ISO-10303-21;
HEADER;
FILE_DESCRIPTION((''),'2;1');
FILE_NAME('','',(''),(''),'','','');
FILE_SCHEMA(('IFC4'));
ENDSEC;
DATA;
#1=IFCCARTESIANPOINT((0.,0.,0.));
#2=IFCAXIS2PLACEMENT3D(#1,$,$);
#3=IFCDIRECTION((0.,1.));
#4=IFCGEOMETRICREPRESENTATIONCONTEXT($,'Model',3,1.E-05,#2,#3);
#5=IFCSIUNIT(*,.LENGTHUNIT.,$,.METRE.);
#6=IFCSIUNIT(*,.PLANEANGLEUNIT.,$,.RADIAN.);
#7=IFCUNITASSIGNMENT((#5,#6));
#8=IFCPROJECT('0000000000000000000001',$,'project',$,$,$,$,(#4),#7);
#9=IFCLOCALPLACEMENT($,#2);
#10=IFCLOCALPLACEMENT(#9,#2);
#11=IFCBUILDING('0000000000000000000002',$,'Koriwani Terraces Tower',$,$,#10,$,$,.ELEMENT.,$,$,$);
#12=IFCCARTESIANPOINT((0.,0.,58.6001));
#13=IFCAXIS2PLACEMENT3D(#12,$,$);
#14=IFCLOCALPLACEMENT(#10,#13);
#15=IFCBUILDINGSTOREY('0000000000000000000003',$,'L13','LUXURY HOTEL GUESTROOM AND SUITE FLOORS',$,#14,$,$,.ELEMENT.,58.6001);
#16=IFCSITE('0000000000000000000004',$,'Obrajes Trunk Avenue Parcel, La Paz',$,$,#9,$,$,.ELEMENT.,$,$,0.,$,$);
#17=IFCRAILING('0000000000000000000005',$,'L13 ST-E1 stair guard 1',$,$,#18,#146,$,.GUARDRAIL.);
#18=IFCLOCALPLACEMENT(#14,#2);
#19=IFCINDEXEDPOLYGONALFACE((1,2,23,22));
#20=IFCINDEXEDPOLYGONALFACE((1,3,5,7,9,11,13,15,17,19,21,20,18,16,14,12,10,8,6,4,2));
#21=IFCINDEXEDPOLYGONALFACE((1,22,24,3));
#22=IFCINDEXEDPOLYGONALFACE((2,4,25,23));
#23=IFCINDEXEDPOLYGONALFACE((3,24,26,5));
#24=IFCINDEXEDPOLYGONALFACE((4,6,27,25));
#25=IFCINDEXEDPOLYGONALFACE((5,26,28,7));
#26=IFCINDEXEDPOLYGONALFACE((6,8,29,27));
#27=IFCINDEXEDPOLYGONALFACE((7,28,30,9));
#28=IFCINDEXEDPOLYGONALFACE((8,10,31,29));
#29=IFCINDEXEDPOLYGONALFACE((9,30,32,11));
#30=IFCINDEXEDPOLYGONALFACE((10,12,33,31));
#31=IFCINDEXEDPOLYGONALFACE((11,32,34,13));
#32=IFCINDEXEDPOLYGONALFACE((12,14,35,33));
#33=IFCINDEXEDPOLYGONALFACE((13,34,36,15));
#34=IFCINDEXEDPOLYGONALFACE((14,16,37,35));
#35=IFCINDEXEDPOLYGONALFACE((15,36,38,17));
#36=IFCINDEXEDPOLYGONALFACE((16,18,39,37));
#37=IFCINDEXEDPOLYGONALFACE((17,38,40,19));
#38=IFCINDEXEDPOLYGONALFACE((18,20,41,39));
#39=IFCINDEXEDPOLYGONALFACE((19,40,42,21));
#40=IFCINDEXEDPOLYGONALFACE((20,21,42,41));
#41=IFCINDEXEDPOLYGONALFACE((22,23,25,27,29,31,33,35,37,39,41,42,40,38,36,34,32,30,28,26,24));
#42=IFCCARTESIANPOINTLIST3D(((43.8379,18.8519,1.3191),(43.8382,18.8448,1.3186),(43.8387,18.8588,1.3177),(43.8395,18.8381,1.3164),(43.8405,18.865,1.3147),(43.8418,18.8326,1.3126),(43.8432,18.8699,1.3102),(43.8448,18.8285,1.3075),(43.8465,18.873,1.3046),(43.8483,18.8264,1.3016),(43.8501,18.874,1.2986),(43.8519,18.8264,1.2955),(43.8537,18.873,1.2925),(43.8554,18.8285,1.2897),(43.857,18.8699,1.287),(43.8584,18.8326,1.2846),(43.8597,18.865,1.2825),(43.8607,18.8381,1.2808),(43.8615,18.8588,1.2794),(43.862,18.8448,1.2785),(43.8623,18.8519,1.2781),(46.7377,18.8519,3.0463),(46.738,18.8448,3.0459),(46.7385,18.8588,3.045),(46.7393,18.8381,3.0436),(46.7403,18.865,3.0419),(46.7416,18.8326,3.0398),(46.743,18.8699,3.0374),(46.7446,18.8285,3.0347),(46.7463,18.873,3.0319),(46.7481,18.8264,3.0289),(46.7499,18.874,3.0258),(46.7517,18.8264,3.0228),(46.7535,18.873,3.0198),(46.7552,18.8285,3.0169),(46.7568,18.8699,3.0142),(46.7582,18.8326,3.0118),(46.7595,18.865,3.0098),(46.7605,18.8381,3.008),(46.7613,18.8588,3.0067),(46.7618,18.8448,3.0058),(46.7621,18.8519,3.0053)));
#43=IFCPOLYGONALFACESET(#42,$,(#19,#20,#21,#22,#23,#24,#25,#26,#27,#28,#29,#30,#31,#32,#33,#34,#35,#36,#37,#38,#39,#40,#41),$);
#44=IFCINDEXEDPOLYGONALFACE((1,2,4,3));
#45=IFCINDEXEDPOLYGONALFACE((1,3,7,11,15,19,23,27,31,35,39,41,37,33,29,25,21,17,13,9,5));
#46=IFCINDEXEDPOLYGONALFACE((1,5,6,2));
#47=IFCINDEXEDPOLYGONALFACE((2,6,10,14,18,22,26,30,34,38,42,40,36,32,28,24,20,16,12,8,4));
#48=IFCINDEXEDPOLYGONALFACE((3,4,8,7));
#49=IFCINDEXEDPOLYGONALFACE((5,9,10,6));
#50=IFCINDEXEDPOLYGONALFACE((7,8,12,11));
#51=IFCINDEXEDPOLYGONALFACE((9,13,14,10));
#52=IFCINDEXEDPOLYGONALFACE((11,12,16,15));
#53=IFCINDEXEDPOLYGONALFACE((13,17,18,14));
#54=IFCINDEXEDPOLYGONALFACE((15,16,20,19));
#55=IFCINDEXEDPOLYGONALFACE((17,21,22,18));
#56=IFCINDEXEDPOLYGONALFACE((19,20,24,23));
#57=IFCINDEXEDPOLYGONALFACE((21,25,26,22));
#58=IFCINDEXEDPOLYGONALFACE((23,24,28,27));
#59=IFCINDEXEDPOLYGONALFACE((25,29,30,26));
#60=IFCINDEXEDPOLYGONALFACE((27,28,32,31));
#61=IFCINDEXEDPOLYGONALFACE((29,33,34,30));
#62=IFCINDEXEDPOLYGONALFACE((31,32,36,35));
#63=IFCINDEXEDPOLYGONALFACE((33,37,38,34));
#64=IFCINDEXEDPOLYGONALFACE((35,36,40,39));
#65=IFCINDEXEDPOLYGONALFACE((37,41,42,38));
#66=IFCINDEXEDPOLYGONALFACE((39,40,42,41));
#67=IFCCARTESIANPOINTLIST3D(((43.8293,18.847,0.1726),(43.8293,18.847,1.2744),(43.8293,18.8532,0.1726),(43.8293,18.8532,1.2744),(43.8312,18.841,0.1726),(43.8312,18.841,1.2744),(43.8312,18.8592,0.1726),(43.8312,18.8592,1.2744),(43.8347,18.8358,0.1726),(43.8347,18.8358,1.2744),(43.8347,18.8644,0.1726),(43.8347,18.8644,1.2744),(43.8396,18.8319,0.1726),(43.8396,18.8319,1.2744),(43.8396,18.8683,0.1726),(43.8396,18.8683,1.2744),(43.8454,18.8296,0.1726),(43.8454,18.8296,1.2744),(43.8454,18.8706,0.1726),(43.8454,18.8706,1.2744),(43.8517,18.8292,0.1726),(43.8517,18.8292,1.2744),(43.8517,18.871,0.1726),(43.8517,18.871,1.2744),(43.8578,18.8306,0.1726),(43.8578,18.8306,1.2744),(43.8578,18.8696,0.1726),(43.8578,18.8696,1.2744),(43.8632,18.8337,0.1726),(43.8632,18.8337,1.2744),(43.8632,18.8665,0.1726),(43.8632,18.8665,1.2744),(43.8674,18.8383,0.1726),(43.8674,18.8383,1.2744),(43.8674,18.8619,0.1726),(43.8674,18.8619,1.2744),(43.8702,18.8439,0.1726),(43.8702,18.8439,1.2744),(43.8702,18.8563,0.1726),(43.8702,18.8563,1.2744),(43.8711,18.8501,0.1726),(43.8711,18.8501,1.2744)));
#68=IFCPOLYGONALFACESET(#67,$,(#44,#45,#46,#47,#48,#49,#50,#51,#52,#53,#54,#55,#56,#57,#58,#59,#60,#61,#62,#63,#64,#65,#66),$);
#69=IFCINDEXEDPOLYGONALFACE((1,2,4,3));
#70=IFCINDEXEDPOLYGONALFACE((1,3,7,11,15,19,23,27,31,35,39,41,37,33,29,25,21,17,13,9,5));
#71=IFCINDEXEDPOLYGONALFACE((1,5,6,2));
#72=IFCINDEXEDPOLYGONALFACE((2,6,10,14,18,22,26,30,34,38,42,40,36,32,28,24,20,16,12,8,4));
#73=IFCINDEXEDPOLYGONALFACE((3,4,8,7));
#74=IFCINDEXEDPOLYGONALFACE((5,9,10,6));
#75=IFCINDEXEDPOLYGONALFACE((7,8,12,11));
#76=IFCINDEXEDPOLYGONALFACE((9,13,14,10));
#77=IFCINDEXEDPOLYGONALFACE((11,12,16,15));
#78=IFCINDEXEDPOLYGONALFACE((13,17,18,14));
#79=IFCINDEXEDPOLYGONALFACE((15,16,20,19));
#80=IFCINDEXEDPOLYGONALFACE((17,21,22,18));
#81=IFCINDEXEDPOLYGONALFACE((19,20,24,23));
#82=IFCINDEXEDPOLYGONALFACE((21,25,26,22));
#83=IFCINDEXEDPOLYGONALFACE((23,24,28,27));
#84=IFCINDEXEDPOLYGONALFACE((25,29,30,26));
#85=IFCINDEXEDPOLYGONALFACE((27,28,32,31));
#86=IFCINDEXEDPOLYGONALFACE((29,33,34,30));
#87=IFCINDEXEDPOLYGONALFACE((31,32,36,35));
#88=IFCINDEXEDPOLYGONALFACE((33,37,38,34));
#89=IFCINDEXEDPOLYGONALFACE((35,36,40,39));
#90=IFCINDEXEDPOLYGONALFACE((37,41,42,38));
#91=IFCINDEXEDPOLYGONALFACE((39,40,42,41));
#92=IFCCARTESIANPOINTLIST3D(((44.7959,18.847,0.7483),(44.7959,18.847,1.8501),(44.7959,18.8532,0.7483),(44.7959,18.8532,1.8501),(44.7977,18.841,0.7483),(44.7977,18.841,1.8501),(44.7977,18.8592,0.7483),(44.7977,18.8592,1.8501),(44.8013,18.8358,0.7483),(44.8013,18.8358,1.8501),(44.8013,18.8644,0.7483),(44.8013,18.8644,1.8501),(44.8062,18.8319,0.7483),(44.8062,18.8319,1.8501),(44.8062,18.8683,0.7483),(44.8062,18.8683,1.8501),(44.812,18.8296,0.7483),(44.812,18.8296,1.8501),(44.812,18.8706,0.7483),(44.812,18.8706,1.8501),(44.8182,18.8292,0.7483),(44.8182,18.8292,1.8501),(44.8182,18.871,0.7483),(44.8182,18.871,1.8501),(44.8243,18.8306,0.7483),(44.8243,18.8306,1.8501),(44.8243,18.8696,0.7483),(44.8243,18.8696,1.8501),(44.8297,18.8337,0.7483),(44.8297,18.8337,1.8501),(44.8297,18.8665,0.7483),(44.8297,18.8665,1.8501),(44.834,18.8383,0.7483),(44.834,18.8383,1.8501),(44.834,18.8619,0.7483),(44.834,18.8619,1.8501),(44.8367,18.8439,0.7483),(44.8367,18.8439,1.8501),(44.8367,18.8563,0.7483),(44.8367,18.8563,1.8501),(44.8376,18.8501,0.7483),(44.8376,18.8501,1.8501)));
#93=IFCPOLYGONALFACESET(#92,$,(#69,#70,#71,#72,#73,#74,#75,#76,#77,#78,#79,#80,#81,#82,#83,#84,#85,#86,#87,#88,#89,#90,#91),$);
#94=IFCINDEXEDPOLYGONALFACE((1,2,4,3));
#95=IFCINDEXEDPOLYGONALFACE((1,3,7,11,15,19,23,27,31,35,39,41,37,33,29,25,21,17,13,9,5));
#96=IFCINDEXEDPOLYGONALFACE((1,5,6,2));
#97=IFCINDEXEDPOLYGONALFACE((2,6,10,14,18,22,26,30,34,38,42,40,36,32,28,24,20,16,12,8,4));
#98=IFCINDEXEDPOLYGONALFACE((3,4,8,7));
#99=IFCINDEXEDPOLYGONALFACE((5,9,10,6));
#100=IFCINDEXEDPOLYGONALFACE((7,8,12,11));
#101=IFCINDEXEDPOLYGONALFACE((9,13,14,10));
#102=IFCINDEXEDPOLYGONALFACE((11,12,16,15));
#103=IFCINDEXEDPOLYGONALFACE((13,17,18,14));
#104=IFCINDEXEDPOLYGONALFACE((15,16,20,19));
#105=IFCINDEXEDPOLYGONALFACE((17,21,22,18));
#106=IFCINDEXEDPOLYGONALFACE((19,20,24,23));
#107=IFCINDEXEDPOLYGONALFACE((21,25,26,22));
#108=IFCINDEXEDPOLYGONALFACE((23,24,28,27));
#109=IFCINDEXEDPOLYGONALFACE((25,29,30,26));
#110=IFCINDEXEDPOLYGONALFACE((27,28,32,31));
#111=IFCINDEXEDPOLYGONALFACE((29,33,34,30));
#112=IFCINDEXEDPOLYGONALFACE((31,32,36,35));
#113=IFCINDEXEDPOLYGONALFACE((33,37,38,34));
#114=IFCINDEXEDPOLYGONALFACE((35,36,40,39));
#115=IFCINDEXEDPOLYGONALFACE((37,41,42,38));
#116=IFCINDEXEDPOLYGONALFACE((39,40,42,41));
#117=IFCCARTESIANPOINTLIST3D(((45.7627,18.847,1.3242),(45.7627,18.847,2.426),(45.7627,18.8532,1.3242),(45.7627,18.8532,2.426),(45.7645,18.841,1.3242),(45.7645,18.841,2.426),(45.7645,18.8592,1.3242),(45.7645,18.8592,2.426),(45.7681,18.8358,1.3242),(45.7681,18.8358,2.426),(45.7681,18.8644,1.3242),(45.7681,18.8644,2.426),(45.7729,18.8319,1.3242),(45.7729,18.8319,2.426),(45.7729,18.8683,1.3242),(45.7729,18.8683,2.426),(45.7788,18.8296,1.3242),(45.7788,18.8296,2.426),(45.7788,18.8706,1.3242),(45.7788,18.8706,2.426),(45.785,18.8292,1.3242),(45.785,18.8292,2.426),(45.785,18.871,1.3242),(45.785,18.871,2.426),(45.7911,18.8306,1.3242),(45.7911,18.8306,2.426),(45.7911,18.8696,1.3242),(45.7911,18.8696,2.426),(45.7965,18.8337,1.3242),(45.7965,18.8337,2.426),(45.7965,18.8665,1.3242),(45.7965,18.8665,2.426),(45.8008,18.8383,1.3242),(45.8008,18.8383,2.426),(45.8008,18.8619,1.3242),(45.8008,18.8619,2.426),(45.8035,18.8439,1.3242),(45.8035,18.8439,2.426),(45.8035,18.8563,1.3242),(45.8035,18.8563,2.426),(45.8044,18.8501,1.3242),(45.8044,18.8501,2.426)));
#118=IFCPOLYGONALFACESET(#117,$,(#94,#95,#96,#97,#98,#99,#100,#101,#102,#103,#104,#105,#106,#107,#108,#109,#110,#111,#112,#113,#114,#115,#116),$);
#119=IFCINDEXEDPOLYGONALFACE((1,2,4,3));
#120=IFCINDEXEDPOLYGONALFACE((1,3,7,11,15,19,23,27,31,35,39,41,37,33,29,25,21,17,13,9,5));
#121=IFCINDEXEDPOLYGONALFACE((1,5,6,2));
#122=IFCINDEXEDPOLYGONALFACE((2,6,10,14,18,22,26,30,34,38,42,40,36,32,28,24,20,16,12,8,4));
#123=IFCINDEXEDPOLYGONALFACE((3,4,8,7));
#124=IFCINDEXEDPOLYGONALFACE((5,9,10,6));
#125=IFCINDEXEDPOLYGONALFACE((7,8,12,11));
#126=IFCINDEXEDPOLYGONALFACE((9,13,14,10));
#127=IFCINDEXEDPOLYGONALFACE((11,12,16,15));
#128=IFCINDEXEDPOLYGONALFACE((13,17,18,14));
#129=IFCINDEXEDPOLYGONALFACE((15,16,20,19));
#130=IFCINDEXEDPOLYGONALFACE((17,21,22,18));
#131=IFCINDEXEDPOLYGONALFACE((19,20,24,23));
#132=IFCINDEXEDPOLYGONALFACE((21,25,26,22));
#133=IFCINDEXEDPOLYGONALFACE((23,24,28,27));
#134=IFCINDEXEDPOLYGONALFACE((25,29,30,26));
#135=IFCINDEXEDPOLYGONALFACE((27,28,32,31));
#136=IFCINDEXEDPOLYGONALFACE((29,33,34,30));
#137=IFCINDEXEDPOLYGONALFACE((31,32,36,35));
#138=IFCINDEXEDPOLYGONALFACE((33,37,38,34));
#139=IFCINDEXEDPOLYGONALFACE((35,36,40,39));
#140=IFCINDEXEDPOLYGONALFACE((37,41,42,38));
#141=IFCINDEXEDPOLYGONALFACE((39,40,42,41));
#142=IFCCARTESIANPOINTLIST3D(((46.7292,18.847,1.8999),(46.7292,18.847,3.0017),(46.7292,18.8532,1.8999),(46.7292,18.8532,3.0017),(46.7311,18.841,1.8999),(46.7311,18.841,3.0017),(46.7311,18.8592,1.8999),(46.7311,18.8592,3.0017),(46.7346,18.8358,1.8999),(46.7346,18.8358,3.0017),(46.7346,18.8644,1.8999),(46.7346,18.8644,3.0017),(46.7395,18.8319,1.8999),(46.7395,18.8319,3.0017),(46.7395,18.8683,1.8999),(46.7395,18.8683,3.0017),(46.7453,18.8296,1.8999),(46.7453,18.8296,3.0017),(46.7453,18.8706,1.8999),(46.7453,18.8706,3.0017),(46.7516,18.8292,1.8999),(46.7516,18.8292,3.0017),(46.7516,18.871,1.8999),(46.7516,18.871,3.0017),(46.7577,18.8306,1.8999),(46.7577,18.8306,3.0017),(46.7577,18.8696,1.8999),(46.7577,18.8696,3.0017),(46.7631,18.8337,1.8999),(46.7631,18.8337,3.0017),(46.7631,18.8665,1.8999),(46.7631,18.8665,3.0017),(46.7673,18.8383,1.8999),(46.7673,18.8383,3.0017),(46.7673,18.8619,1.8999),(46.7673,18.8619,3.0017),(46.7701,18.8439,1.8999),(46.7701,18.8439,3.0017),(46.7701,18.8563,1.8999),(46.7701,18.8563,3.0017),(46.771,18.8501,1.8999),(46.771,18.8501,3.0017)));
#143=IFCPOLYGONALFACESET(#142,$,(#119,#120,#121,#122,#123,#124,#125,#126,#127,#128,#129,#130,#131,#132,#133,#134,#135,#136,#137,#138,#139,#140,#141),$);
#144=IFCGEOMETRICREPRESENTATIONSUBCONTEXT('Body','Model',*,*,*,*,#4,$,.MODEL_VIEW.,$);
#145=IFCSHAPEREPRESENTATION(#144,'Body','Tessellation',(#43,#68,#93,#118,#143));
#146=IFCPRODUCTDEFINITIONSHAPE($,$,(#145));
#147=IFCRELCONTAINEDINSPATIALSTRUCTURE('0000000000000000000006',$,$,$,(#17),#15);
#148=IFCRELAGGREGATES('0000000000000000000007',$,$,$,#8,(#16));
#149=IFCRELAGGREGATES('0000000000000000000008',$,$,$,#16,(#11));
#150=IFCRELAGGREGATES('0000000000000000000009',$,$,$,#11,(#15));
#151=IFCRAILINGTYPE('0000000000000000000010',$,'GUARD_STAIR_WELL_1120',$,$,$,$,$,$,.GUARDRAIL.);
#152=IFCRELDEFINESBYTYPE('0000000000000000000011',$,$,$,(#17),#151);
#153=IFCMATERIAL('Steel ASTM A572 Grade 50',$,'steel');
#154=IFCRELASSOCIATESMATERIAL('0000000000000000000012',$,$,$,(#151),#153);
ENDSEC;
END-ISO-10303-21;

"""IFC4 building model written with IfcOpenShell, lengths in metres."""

from ifc_helpers import new_model, si_unit, direction, frame, origin, origin_2d, place, context, subcontext, project, spatial, circle, extrude, material, type_object, element, save


model = new_model("IFC4")

# Units and contexts
model_context = context("Model", 3, precision=1e-05, world=origin(), true_north=direction((0.0, 1.0)))
body_context = subcontext(model_context, "Body", "Model", "MODEL_VIEW")
ifc_project = project(units=[si_unit("LENGTHUNIT", "METRE"), si_unit("PLANEANGLEUNIT", "RADIAN")], contexts=[model_context])

# Site, building, storey
site_placement = place(None, origin())
site = spatial("IfcSite", under=ifc_project, at=site_placement, Name="Obrajes Trunk Avenue Parcel, La Paz", CompositionType="ELEMENT", RefElevation=0.0)
building_placement = place(site_placement, origin())
building = spatial("IfcBuilding", under=site, at=building_placement, Name="Koriwani Terraces Tower", CompositionType="ELEMENT")
storey_placement = place(building_placement, frame((0.0, 0.0, 58.6001)))
storey = spatial("IfcBuildingStorey", under=building, at=storey_placement, Name="L13", Description="LUXURY HOTEL GUESTROOM AND SUITE FLOORS", CompositionType="ELEMENT", Elevation=58.6001)

# Shared definitions
ifc_material_1 = material(Name="Steel ASTM A572 Grade 50", Category="steel")

# Railing
railing_type_1 = type_object("IfcRailingType", Name="GUARD_STAIR_WELL_1120", PredefinedType="GUARDRAIL", material=ifc_material_1)
railing_1_placement = place(storey_placement, frame((43.8501, 18.8501, 0.1726)))
element("IfcRailing", 1, at=railing_1_placement, inside=storey, type_object=railing_type_1, Name="L13 ST-E1 stair guard 1", PredefinedType="GUARDRAIL", context=body_context, shape_type="SweptSolid", body=[
    extrude(circle(Radius=0.0239, at=origin_2d()), frame((0.0, 0.0, 1.126), z_axis=(0.859141, 0.0, 0.511738), x_axis=(0.0, 1.0, 0.0)), (0.0, 0.0, 1.0), 3.3752),
    extrude(circle(Radius=0.021, at=origin_2d()), origin(), (0.0, 0.0, 1.0), 1.1018),
    extrude(circle(Radius=0.021, at=origin_2d()), frame((0.9666, 0.0, 0.5757)), (0.0, 0.0, 1.0), 1.1018),
    extrude(circle(Radius=0.021, at=origin_2d()), frame((1.9333, 0.0, 1.1516)), (0.0, 0.0, 1.0), 1.1018),
    extrude(circle(Radius=0.021, at=origin_2d()), frame((2.8999, 0.0, 1.7273)), (0.0, 0.0, 1.0), 1.1018),
])

save(model, "model.ifc")
